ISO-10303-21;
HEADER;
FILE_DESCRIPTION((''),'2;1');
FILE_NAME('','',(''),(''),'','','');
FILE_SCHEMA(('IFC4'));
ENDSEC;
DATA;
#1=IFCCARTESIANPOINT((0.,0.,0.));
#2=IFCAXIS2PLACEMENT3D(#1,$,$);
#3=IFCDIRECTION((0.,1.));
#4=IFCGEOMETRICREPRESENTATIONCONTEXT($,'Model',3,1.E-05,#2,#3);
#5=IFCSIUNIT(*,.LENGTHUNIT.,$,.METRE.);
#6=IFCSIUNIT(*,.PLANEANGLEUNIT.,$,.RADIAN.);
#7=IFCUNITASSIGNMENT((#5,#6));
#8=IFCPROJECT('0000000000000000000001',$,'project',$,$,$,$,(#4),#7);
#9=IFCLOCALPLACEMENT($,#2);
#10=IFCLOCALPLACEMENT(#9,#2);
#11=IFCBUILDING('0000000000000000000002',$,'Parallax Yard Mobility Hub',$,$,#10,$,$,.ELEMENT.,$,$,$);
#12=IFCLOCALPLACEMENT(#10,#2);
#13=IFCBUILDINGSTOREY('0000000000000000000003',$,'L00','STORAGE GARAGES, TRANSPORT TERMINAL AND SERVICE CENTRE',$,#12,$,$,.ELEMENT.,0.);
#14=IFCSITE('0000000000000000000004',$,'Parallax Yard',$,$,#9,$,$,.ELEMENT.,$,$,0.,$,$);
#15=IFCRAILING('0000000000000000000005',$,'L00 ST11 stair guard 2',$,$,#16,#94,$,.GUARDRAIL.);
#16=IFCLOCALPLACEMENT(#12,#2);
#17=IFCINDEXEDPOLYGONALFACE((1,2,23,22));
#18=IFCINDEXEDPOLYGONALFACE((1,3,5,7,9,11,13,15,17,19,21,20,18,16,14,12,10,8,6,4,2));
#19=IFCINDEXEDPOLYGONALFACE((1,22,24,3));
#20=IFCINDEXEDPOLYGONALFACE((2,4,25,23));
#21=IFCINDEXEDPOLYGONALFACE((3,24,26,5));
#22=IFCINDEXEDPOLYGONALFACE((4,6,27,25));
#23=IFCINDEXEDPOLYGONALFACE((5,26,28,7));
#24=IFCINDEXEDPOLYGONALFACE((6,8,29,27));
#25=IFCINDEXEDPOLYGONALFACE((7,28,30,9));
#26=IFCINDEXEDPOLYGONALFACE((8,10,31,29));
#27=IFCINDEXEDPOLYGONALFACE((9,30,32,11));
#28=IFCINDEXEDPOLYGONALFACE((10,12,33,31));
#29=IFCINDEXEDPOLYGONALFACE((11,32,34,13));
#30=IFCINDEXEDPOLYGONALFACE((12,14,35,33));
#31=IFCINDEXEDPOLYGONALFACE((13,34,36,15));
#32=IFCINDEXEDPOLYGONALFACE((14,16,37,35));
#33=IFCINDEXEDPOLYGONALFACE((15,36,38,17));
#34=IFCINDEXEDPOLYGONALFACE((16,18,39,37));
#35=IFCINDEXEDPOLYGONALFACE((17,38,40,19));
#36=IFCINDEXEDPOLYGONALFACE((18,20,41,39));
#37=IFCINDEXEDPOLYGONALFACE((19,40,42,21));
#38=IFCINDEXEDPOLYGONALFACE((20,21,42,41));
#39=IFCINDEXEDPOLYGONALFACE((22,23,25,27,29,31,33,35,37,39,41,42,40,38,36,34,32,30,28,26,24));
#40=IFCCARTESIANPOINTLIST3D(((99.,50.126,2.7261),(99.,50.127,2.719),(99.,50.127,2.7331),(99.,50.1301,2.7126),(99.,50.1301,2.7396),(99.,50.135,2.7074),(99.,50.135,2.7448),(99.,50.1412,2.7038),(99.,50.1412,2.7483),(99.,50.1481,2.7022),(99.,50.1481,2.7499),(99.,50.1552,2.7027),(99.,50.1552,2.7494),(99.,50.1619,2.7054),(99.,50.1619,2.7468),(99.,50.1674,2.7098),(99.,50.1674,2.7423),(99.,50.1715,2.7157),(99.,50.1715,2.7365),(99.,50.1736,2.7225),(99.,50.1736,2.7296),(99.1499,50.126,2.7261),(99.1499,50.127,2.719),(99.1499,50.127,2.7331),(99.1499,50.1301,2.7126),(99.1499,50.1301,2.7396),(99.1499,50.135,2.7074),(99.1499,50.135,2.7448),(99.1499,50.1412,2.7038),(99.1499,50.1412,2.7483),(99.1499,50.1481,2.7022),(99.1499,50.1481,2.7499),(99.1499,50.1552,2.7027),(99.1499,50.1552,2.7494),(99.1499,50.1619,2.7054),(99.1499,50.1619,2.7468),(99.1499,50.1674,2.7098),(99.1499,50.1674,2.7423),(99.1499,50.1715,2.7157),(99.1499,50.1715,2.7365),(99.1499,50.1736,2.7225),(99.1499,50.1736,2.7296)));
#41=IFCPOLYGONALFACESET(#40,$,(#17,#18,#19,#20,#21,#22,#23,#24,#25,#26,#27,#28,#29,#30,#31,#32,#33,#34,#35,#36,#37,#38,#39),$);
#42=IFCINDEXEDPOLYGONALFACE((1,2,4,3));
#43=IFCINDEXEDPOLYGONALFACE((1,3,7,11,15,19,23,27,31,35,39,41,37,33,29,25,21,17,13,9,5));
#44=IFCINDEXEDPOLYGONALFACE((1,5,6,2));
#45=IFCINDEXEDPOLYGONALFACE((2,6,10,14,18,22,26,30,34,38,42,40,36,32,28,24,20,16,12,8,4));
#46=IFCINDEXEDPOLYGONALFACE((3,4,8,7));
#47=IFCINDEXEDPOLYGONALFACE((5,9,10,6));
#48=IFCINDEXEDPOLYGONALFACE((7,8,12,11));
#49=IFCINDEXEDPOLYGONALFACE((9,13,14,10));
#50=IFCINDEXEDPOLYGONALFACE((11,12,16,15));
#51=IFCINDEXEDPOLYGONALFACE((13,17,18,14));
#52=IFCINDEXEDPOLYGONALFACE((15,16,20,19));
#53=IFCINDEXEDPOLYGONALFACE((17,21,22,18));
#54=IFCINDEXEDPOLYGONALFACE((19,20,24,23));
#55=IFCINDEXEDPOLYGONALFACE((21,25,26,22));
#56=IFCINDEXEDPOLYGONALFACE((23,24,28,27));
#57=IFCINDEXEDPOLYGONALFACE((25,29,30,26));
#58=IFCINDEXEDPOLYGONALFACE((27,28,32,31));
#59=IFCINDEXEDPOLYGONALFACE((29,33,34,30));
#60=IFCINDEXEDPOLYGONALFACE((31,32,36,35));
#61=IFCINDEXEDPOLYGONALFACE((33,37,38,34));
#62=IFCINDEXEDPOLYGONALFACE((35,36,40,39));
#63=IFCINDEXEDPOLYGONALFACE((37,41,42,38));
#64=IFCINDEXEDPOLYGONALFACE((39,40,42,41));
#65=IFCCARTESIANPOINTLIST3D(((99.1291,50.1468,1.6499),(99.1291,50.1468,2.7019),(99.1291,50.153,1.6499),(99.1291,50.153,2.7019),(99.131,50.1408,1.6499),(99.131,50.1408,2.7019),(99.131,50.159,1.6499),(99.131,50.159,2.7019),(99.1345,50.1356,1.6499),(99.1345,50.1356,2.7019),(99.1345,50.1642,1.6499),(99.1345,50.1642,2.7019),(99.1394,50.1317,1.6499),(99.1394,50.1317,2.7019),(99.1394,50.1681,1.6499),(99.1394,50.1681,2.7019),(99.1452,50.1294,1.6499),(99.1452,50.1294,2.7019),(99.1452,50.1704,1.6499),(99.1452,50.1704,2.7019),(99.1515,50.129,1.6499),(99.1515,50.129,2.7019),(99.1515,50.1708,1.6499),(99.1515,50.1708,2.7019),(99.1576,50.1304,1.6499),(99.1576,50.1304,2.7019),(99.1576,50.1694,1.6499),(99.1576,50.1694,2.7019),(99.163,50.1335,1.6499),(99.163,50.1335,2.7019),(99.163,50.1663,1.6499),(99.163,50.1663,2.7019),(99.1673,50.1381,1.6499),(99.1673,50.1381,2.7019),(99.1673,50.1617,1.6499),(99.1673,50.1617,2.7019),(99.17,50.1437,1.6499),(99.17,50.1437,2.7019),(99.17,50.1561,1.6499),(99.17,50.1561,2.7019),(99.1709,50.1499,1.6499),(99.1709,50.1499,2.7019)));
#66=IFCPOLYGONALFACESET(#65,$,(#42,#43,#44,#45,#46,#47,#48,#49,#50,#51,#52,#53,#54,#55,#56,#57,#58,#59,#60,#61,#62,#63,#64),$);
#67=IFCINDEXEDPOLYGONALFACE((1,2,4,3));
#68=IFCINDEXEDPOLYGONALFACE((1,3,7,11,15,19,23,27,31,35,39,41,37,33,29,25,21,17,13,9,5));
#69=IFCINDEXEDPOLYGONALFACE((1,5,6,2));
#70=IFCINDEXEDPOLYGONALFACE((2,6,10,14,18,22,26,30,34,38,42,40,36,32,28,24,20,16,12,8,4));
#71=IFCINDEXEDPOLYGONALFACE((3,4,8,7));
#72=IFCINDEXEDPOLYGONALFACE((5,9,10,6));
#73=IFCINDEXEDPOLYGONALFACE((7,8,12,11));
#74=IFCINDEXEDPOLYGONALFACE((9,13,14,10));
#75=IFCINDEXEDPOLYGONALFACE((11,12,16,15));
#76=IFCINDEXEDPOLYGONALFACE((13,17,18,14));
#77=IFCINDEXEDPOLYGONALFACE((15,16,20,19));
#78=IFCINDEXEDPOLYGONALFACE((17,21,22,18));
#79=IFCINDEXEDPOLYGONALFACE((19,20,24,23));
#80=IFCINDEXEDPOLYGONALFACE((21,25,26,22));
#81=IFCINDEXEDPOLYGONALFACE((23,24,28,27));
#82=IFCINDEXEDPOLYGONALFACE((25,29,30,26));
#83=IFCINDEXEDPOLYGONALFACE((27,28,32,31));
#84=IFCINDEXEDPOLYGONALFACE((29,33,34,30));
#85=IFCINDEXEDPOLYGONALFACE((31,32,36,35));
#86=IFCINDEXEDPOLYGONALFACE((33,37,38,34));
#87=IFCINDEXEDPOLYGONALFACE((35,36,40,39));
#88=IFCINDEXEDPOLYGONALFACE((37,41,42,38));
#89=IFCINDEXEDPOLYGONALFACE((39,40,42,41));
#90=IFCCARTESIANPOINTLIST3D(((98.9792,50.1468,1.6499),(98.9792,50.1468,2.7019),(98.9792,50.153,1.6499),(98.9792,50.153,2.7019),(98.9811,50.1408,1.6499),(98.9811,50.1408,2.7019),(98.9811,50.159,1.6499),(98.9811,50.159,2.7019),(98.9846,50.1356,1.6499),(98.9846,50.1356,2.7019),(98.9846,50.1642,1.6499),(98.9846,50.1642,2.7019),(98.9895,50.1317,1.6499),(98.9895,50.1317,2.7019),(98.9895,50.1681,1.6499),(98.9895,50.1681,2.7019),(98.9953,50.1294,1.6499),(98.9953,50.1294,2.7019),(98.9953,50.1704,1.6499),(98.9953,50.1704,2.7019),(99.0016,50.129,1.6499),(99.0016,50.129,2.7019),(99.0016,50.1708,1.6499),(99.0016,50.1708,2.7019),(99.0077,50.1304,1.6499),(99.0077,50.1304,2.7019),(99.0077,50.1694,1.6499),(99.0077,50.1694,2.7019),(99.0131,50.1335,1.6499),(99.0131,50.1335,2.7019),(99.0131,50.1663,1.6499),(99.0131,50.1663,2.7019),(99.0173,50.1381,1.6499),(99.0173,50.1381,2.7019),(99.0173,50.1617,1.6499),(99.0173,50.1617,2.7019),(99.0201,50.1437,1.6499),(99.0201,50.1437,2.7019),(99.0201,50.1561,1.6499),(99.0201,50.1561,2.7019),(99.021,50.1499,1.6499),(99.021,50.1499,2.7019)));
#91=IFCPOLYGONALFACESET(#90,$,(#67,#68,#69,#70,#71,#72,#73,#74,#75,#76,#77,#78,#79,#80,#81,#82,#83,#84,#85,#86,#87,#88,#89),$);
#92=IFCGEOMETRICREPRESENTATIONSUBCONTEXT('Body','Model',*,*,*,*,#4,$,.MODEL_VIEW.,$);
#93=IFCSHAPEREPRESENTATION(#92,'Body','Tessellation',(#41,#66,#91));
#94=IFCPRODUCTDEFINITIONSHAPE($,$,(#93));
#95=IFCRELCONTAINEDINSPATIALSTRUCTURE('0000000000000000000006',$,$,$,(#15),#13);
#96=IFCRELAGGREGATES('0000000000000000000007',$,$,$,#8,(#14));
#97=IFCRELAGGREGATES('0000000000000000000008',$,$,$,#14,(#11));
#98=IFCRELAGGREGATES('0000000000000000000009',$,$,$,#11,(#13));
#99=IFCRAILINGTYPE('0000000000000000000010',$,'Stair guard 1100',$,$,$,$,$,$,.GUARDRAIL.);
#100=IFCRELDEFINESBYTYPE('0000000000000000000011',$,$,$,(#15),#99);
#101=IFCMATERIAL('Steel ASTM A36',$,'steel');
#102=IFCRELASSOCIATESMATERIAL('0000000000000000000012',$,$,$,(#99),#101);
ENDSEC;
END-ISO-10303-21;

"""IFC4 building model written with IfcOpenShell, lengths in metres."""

from ifc_helpers import new_model, si_unit, direction, frame, origin, origin_2d, place, context, subcontext, project, spatial, circle, extrude, material, type_object, element, save


model = new_model("IFC4")

# Units and contexts
model_context = context("Model", 3, precision=1e-05, world=origin(), true_north=direction((0.0, 1.0)))
body_context = subcontext(model_context, "Body", "Model", "MODEL_VIEW")
ifc_project = project(units=[si_unit("LENGTHUNIT", "METRE"), si_unit("PLANEANGLEUNIT", "RADIAN")], contexts=[model_context])

# Site, building, storey
site_placement = place(None, origin())
site = spatial("IfcSite", under=ifc_project, at=site_placement, Name="Parallax Yard", CompositionType="ELEMENT", RefElevation=0.0)
building_placement = place(site_placement, origin())
building = spatial("IfcBuilding", under=site, at=building_placement, Name="Parallax Yard Mobility Hub", CompositionType="ELEMENT")
storey_placement = place(building_placement, origin())
storey = spatial("IfcBuildingStorey", under=building, at=storey_placement, Name="L00", Description="STORAGE GARAGES, TRANSPORT TERMINAL AND SERVICE CENTRE", CompositionType="ELEMENT", Elevation=0.0)

# Railing
ifc_material_1 = material(Name="Steel ASTM A36", Category="steel")
railing_type_1 = type_object("IfcRailingType", Name="Stair guard 1100", PredefinedType="GUARDRAIL", material=ifc_material_1)
railing_1_placement = place(storey_placement, frame((99.1499, 50.1499, 1.6499)))
element("IfcRailing", 1, at=railing_1_placement, inside=storey, type_object=railing_type_1, Name="L00 ST11 stair guard 2", PredefinedType="GUARDRAIL", context=body_context, shape_type="SweptSolid", body=[
    extrude(circle(Radius=0.0239, at=origin_2d()), frame((0.0, 0.0, 1.0762), z_axis=(-1.0, 0.0, 0.0), x_axis=(0.0, -1.0, 0.0)), (0.0, 0.0, 1.0), 0.1499),
    extrude(circle(Radius=0.021, at=origin_2d()), origin(), (0.0, 0.0, 1.0), 1.052),
    extrude(circle(Radius=0.021, at=origin_2d()), frame((-0.1499, 0.0, 0.0)), (0.0, 0.0, 1.0), 1.052),
])

save(model, "model.ifc")
